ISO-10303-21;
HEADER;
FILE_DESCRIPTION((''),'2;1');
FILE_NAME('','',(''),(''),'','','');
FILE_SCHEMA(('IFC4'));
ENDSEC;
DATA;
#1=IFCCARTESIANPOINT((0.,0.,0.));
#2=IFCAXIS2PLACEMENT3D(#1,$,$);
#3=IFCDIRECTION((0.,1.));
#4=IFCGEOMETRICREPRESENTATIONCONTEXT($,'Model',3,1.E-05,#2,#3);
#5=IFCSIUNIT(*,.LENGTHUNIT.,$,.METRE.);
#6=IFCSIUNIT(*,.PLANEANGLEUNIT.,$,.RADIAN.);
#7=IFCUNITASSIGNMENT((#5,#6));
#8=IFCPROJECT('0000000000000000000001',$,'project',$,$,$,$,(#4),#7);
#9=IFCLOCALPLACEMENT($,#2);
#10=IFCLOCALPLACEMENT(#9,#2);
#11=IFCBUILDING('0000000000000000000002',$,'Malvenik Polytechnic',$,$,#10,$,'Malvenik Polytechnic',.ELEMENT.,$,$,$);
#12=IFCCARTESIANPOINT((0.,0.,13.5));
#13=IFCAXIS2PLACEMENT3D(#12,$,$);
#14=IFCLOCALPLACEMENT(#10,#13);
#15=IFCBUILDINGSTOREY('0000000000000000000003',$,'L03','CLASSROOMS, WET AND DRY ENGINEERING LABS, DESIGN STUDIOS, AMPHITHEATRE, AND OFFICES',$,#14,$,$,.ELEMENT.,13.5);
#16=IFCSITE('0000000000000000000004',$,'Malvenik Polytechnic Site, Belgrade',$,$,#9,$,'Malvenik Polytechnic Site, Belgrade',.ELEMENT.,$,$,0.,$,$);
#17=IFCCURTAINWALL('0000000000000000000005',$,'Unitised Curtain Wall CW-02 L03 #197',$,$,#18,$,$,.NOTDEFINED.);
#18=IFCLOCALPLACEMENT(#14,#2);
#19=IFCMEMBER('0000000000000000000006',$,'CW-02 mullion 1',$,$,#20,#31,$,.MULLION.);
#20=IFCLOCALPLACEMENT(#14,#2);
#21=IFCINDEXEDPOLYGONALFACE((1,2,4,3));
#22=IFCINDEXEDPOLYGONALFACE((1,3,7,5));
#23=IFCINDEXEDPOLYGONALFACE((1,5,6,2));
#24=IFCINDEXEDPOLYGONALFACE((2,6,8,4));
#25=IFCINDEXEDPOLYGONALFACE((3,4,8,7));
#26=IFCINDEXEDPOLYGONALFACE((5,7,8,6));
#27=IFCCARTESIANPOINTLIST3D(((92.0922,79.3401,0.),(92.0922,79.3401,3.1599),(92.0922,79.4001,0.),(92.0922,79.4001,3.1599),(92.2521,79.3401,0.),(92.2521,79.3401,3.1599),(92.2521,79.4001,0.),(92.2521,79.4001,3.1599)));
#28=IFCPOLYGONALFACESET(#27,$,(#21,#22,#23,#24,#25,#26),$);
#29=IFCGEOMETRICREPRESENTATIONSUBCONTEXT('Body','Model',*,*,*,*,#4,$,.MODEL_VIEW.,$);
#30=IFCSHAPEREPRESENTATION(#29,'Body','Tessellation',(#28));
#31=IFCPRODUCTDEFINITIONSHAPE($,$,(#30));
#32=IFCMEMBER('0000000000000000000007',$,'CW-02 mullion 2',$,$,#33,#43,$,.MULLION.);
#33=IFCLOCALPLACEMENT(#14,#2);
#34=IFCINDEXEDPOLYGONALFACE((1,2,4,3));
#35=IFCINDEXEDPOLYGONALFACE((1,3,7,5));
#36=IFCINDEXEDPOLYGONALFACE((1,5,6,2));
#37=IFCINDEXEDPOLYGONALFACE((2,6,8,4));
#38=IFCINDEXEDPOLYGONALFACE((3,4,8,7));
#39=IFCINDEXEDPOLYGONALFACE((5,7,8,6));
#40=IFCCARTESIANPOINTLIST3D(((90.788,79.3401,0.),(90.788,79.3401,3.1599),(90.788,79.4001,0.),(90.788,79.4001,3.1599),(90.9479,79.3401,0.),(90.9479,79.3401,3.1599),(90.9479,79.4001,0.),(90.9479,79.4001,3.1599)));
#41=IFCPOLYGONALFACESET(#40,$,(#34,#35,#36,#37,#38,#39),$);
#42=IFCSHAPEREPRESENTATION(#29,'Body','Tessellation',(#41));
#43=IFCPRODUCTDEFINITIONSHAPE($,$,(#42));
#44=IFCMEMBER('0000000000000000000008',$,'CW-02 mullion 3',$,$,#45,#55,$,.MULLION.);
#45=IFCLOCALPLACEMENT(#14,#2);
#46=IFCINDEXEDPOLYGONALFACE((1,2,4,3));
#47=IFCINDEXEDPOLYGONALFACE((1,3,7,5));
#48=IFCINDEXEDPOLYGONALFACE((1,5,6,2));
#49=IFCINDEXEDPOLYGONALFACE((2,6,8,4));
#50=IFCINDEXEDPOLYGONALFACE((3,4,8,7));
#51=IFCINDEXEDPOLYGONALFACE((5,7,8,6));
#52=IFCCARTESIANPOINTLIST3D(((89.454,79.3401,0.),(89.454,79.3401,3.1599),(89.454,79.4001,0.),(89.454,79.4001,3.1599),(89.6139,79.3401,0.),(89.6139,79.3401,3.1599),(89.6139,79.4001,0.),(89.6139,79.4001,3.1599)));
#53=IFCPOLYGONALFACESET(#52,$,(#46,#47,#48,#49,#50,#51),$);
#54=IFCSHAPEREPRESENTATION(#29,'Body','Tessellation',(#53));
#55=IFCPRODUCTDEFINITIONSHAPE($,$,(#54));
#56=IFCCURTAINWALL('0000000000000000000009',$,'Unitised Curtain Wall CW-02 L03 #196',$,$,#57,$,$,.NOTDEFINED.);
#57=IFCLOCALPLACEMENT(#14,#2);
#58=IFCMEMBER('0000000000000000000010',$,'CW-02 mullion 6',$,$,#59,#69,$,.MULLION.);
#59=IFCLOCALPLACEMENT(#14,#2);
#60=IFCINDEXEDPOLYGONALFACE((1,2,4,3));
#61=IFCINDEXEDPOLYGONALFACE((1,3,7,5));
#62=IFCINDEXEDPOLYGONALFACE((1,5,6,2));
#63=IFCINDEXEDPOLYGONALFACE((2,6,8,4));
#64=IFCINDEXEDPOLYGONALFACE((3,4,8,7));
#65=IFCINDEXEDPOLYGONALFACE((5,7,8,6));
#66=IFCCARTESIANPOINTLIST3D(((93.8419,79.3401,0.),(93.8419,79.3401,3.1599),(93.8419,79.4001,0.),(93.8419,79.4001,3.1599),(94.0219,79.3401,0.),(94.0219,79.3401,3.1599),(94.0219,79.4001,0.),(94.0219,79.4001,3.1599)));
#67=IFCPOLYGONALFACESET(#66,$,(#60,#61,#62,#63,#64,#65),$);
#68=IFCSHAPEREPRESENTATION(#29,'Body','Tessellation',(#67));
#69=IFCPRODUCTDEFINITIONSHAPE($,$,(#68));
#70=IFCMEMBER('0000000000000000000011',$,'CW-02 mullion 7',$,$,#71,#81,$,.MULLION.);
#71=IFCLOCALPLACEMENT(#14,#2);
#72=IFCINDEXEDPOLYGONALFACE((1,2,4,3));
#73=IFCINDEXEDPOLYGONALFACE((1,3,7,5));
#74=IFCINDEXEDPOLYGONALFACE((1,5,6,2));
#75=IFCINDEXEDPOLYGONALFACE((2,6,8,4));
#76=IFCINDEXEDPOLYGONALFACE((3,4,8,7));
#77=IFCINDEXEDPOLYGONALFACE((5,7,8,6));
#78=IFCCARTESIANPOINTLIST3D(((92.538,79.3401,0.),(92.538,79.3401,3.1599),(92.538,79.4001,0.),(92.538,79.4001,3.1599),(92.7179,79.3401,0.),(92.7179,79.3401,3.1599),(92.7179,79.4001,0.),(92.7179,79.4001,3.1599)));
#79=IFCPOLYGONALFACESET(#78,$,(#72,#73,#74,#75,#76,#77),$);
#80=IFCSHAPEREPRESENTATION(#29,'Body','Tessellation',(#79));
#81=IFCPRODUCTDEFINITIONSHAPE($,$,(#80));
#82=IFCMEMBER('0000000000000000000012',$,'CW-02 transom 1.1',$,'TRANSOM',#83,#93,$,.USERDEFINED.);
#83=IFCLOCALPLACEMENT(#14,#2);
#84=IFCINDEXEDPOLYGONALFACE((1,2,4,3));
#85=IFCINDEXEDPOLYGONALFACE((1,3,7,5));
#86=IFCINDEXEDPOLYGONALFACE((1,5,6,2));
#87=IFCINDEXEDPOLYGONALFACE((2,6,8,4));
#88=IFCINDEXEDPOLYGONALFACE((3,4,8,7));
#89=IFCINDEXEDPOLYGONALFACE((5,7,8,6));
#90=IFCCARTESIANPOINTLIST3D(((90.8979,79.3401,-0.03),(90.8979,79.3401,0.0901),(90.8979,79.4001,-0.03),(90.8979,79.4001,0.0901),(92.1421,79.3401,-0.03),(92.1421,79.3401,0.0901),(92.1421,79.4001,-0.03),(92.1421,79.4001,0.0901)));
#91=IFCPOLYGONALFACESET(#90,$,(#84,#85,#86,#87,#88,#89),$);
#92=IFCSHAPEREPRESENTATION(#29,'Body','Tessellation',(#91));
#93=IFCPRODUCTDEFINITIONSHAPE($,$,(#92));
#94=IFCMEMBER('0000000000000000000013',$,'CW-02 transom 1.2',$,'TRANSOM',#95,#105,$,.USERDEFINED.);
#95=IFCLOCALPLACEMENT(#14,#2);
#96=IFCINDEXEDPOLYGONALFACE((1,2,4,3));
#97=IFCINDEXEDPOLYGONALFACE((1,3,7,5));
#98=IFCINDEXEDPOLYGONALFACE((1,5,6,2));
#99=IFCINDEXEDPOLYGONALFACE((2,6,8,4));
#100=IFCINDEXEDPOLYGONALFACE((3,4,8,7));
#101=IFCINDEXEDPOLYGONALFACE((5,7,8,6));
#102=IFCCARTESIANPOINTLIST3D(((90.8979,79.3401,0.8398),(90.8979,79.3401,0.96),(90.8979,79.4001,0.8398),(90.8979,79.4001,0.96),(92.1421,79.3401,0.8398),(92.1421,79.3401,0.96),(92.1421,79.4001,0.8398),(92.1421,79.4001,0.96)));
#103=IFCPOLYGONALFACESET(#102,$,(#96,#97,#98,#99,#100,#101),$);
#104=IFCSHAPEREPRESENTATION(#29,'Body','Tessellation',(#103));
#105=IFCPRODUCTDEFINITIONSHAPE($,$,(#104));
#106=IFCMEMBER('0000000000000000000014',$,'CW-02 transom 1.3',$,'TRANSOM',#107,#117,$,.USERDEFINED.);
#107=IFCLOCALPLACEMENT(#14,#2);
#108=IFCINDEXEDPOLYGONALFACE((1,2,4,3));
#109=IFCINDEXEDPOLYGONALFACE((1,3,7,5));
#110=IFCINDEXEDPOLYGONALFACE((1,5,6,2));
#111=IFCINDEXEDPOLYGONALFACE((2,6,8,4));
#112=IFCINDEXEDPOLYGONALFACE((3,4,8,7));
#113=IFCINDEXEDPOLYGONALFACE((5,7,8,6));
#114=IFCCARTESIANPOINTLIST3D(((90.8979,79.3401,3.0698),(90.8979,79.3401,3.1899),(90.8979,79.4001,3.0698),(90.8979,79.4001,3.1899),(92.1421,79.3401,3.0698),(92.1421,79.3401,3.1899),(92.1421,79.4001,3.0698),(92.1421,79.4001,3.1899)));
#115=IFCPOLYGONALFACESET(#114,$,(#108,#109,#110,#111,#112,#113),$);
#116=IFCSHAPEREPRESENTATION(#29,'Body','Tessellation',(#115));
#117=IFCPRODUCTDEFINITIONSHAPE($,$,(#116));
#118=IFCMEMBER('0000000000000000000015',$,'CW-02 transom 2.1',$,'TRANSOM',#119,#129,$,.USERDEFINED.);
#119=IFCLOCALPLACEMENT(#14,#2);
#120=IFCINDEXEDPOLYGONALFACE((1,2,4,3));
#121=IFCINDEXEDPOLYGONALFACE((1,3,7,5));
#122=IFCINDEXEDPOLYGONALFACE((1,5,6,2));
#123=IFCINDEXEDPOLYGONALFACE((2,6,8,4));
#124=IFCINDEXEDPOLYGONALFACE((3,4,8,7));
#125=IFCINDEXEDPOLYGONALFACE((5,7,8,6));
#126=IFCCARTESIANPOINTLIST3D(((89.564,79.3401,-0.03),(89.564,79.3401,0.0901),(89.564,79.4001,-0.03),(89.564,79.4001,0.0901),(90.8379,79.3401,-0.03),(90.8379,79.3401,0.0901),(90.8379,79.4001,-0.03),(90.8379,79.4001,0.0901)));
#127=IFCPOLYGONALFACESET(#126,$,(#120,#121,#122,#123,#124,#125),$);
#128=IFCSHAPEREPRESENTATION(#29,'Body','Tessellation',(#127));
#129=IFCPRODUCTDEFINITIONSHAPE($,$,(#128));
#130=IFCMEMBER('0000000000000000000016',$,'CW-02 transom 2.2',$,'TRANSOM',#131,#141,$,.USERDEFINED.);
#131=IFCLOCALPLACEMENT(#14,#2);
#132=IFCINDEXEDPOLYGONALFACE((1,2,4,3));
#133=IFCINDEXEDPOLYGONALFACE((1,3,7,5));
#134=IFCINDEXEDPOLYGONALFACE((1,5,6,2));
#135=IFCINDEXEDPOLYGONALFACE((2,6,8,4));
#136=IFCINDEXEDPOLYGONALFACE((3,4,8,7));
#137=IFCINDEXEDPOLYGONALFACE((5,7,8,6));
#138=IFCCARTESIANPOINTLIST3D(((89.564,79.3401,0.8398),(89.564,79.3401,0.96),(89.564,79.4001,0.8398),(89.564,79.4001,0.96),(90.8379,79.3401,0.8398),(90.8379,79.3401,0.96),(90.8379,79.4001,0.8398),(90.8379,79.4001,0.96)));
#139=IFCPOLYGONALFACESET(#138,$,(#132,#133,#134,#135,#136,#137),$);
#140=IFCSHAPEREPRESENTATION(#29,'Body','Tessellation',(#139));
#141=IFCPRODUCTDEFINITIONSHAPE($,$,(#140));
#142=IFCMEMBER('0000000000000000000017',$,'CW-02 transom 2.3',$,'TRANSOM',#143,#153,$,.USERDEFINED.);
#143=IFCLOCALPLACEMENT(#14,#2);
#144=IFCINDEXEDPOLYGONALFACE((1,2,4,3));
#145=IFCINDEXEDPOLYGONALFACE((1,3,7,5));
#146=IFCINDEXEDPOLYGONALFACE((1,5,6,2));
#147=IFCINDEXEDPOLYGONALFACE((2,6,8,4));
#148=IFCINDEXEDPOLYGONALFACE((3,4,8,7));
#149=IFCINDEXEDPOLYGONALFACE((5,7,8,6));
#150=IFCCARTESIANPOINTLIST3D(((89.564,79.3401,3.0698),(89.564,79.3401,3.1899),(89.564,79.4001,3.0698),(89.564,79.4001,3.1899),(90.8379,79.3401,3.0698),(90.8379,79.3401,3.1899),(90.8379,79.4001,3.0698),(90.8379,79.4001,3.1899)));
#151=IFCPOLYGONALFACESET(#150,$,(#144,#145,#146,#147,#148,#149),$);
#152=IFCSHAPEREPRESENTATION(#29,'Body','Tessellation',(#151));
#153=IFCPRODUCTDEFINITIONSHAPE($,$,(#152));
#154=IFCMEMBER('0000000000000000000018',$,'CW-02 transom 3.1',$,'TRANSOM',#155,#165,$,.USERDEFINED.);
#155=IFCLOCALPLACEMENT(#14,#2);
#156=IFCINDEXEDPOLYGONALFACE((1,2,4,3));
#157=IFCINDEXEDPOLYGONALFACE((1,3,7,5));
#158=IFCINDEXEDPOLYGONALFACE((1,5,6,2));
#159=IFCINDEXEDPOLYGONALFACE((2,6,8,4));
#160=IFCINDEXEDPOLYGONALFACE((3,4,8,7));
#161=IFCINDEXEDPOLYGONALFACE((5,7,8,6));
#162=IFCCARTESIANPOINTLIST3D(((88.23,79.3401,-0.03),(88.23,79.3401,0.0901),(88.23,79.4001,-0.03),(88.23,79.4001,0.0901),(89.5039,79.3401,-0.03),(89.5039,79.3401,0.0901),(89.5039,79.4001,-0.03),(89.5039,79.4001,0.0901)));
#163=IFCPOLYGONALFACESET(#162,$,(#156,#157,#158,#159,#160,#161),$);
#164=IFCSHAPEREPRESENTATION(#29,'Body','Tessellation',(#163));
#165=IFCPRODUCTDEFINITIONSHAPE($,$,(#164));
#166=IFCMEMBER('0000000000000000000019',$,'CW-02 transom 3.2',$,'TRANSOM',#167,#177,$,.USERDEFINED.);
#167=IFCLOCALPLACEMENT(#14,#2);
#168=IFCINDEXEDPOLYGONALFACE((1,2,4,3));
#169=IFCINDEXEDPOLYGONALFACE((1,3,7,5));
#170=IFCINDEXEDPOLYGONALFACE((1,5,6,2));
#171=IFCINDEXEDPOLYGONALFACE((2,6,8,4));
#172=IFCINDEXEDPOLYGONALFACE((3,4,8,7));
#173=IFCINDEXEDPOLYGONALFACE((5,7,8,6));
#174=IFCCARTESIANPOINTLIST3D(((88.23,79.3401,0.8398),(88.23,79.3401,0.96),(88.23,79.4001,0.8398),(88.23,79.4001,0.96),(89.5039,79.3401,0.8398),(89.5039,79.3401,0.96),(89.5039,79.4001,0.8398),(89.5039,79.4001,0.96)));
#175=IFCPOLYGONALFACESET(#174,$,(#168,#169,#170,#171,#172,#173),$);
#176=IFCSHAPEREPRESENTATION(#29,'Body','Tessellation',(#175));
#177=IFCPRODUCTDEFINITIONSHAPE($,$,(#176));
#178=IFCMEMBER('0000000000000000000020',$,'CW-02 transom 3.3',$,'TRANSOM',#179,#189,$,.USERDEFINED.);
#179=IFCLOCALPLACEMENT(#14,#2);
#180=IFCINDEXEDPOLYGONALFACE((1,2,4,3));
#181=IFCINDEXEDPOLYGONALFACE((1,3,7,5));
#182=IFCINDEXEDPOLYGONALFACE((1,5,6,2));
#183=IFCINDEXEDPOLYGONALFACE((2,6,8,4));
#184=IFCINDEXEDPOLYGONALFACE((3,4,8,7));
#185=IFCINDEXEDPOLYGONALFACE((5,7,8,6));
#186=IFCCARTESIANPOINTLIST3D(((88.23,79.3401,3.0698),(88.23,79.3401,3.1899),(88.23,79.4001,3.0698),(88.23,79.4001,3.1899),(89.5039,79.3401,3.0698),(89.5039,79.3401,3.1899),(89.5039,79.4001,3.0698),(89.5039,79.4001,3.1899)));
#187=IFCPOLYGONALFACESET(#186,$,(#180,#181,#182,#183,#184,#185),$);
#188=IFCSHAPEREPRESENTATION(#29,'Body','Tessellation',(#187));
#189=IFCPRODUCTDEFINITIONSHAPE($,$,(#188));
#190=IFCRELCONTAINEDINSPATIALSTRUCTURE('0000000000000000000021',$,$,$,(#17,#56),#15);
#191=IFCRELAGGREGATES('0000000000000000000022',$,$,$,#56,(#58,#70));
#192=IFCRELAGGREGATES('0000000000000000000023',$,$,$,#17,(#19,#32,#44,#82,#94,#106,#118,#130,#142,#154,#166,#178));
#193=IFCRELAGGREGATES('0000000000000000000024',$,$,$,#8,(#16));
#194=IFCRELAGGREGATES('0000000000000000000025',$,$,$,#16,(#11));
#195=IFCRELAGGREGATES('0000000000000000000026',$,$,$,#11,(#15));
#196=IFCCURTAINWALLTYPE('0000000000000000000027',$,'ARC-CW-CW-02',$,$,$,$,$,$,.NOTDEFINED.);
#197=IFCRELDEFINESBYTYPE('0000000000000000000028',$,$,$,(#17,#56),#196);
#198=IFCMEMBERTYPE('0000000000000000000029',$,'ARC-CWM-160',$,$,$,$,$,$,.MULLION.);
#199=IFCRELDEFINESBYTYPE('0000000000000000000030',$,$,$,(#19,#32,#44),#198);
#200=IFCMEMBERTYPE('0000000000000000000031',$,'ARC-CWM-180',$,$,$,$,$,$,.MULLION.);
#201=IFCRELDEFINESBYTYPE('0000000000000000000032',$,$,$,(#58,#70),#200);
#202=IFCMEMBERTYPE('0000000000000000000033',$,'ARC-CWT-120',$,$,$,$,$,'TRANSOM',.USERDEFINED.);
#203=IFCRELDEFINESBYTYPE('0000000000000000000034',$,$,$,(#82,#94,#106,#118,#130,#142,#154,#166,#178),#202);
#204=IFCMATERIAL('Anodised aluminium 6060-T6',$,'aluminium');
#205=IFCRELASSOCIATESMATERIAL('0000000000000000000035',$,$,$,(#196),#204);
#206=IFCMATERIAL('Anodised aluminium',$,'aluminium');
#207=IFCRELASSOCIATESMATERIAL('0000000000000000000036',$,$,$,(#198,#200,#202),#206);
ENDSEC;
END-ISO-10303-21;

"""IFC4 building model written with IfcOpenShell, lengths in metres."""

from ifc_helpers import new_model, si_unit, direction, frame, origin, origin_2d, place, context, subcontext, project, spatial, rectangle, extrude, material, material_profile, profile_set, type_object, element, aggregate, save


model = new_model("IFC4")

# Units and contexts
model_context = context("Model", 3, precision=1e-05, world=origin(), true_north=direction((0.0, 1.0)))
body_context = subcontext(model_context, "Body", "Model", "MODEL_VIEW")
ifc_project = project(units=[si_unit("LENGTHUNIT", "METRE"), si_unit("PLANEANGLEUNIT", "RADIAN")], contexts=[model_context])

# Site, building, storey
site_placement = place(None, origin())
site = spatial("IfcSite", under=ifc_project, at=site_placement, Name="Malvenik Polytechnic Site, Belgrade", LongName="Malvenik Polytechnic Site, Belgrade", CompositionType="ELEMENT", RefElevation=0.0)
building_placement = place(site_placement, origin())
building = spatial("IfcBuilding", under=site, at=building_placement, Name="Malvenik Polytechnic", LongName="Malvenik Polytechnic", CompositionType="ELEMENT")
storey_placement = place(building_placement, frame((0.0, 0.0, 13.5)))
storey = spatial("IfcBuildingStorey", under=building, at=storey_placement, Name="L03", Description="CLASSROOMS, WET AND DRY ENGINEERING LABS, DESIGN STUDIOS, AMPHITHEATRE, AND OFFICES", CompositionType="ELEMENT", Elevation=13.5)

# Curtain walls, members
ifc_material_1 = material(Name="Anodised aluminium 6060-T6", Category="aluminium")
curtain_wall_type = type_object("IfcCurtainWallType", Name="ARC-CW-CW-02", PredefinedType="NOTDEFINED", material=ifc_material_1)
curtain_wall_1_placement = place(storey_placement, origin())
curtain_wall_1 = element("IfcCurtainWall", 1, at=curtain_wall_1_placement, inside=storey, type_object=curtain_wall_type, Name="Unitised Curtain Wall CW-02 L03 #197", PredefinedType="NOTDEFINED")
ifc_material_2 = material(Name="Anodised aluminium", Category="aluminium")
ifc_material_profile_1 = material_profile(ifc_material_2, rectangle(XDim=0.0601, YDim=0.1599, at=origin_2d()), Name="ALU MULLION 60x160")
ifc_profile_set_1 = profile_set([ifc_material_profile_1], Name="Anodised aluminium")
member_type_1 = type_object("IfcMemberType", Name="ARC-CWM-160", PredefinedType="MULLION", material=ifc_profile_set_1)
member_1_placement = place(storey_placement, frame((92.1721, 79.3701, 0.0), z_axis=(0.0, 0.0, 1.0), x_axis=(0.0, -1.0, 0.0)))
member_1 = element("IfcMember", 2, at=member_1_placement, type_object=member_type_1, Name="CW-02 mullion 1", PredefinedType="MULLION", context=body_context, shape_type="SweptSolid", body=[
    extrude(rectangle(XDim=0.0601, YDim=0.1599, at=origin_2d()), origin(), (0.0, 0.0, 1.0), 3.1599),
])
member_2_placement = place(storey_placement, frame((90.8679, 79.3701, 0.0), z_axis=(0.0, 0.0, 1.0), x_axis=(0.0, -1.0, 0.0)))
member_2 = element("IfcMember", 3, at=member_2_placement, type_object=member_type_1, Name="CW-02 mullion 2", PredefinedType="MULLION", context=body_context, shape_type="SweptSolid", body=[
    extrude(rectangle(XDim=0.0601, YDim=0.1599, at=origin_2d()), origin(), (0.0, 0.0, 1.0), 3.1599),
])
member_3_placement = place(storey_placement, frame((89.5339, 79.3701, 0.0), z_axis=(0.0, 0.0, 1.0), x_axis=(0.0, -1.0, 0.0)))
member_3 = element("IfcMember", 4, at=member_3_placement, type_object=member_type_1, Name="CW-02 mullion 3", PredefinedType="MULLION", context=body_context, shape_type="SweptSolid", body=[
    extrude(rectangle(XDim=0.0601, YDim=0.1599, at=origin_2d()), origin(), (0.0, 0.0, 1.0), 3.1599),
])
curtain_wall_2_placement = place(storey_placement, origin())
curtain_wall_2 = element("IfcCurtainWall", 5, at=curtain_wall_2_placement, inside=storey, type_object=curtain_wall_type, Name="Unitised Curtain Wall CW-02 L03 #196", PredefinedType="NOTDEFINED")
ifc_material_profile_2 = material_profile(ifc_material_2, rectangle(XDim=0.0601, YDim=0.1799, at=origin_2d()), Name="ALU MULLION 60x180")
ifc_profile_set_2 = profile_set([ifc_material_profile_2], Name="Anodised aluminium")
member_type_2 = type_object("IfcMemberType", Name="ARC-CWM-180", PredefinedType="MULLION", material=ifc_profile_set_2)
member_4_placement = place(storey_placement, frame((93.9319, 79.3701, 0.0), z_axis=(0.0, 0.0, 1.0), x_axis=(0.0, -1.0, 0.0)))
member_4 = element("IfcMember", 6, at=member_4_placement, type_object=member_type_2, Name="CW-02 mullion 6", PredefinedType="MULLION", context=body_context, shape_type="SweptSolid", body=[
    extrude(rectangle(XDim=0.0601, YDim=0.1799, at=origin_2d()), origin(), (0.0, 0.0, 1.0), 3.1599),
])
member_5_placement = place(storey_placement, frame((92.6279, 79.3701, 0.0), z_axis=(0.0, 0.0, 1.0), x_axis=(0.0, -1.0, 0.0)))
member_5 = element("IfcMember", 7, at=member_5_placement, type_object=member_type_2, Name="CW-02 mullion 7", PredefinedType="MULLION", context=body_context, shape_type="SweptSolid", body=[
    extrude(rectangle(XDim=0.0601, YDim=0.1799, at=origin_2d()), origin(), (0.0, 0.0, 1.0), 3.1599),
])

# Members
ifc_material_profile_3 = material_profile(ifc_material_2, rectangle(XDim=0.0601, YDim=0.1201, at=origin_2d()), Name="ALU TRANSOM 60x120")
ifc_profile_set_3 = profile_set([ifc_material_profile_3], Name="Anodised aluminium")
member_type_3 = type_object("IfcMemberType", Name="ARC-CWT-120", ElementType="TRANSOM", PredefinedType="USERDEFINED", material=ifc_profile_set_3)
member_6_placement = place(storey_placement, frame((92.1421, 79.3701, 0.03), z_axis=(-1.0, 0.0, 0.0), x_axis=(0.0, -1.0, 0.0)))
member_6 = element("IfcMember", 8, at=member_6_placement, type_object=member_type_3, Name="CW-02 transom 1.1", ObjectType="TRANSOM", PredefinedType="USERDEFINED", context=body_context, shape_type="SweptSolid", body=[
    extrude(rectangle(XDim=0.0601, YDim=0.1201, at=origin_2d()), origin(), (0.0, 0.0, 1.0), 1.2441),
])
member_7_placement = place(storey_placement, frame((92.1421, 79.3701, 0.8999), z_axis=(-1.0, 0.0, 0.0), x_axis=(0.0, -1.0, 0.0)))
member_7 = element("IfcMember", 9, at=member_7_placement, type_object=member_type_3, Name="CW-02 transom 1.2", ObjectType="TRANSOM", PredefinedType="USERDEFINED", context=body_context, shape_type="SweptSolid", body=[
    extrude(rectangle(XDim=0.0601, YDim=0.1201, at=origin_2d()), origin(), (0.0, 0.0, 1.0), 1.2441),
])
member_8_placement = place(storey_placement, frame((92.1421, 79.3701, 3.1299), z_axis=(-1.0, 0.0, 0.0), x_axis=(0.0, -1.0, 0.0)))
member_8 = element("IfcMember", 10, at=member_8_placement, type_object=member_type_3, Name="CW-02 transom 1.3", ObjectType="TRANSOM", PredefinedType="USERDEFINED", context=body_context, shape_type="SweptSolid", body=[
    extrude(rectangle(XDim=0.0601, YDim=0.1201, at=origin_2d()), origin(), (0.0, 0.0, 1.0), 1.2441),
])
member_9_placement = place(storey_placement, frame((90.8379, 79.3701, 0.03), z_axis=(-1.0, 0.0, 0.0), x_axis=(0.0, -1.0, 0.0)))
member_9 = element("IfcMember", 11, at=member_9_placement, type_object=member_type_3, Name="CW-02 transom 2.1", ObjectType="TRANSOM", PredefinedType="USERDEFINED", context=body_context, shape_type="SweptSolid", body=[
    extrude(rectangle(XDim=0.0601, YDim=0.1201, at=origin_2d()), origin(), (0.0, 0.0, 1.0), 1.2739),
])
member_10_placement = place(storey_placement, frame((90.8379, 79.3701, 0.8999), z_axis=(-1.0, 0.0, 0.0), x_axis=(0.0, -1.0, 0.0)))
member_10 = element("IfcMember", 12, at=member_10_placement, type_object=member_type_3, Name="CW-02 transom 2.2", ObjectType="TRANSOM", PredefinedType="USERDEFINED", context=body_context, shape_type="SweptSolid", body=[
    extrude(rectangle(XDim=0.0601, YDim=0.1201, at=origin_2d()), origin(), (0.0, 0.0, 1.0), 1.2739),
])
member_11_placement = place(storey_placement, frame((90.8379, 79.3701, 3.1299), z_axis=(-1.0, 0.0, 0.0), x_axis=(0.0, -1.0, 0.0)))
member_11 = element("IfcMember", 13, at=member_11_placement, type_object=member_type_3, Name="CW-02 transom 2.3", ObjectType="TRANSOM", PredefinedType="USERDEFINED", context=body_context, shape_type="SweptSolid", body=[
    extrude(rectangle(XDim=0.0601, YDim=0.1201, at=origin_2d()), origin(), (0.0, 0.0, 1.0), 1.2739),
])
member_12_placement = place(storey_placement, frame((89.5039, 79.3701, 0.03), z_axis=(-1.0, 0.0, 0.0), x_axis=(0.0, -1.0, 0.0)))
member_12 = element("IfcMember", 14, at=member_12_placement, type_object=member_type_3, Name="CW-02 transom 3.1", ObjectType="TRANSOM", PredefinedType="USERDEFINED", context=body_context, shape_type="SweptSolid", body=[
    extrude(rectangle(XDim=0.0601, YDim=0.1201, at=origin_2d()), origin(), (0.0, 0.0, 1.0), 1.2739),
])
member_13_placement = place(storey_placement, frame((89.5039, 79.3701, 0.8999), z_axis=(-1.0, 0.0, 0.0), x_axis=(0.0, -1.0, 0.0)))
member_13 = element("IfcMember", 15, at=member_13_placement, type_object=member_type_3, Name="CW-02 transom 3.2", ObjectType="TRANSOM", PredefinedType="USERDEFINED", context=body_context, shape_type="SweptSolid", body=[
    extrude(rectangle(XDim=0.0601, YDim=0.1201, at=origin_2d()), origin(), (0.0, 0.0, 1.0), 1.2739),
])
member_14_placement = place(storey_placement, frame((89.5039, 79.3701, 3.1299), z_axis=(-1.0, 0.0, 0.0), x_axis=(0.0, -1.0, 0.0)))
member_14 = element("IfcMember", 16, at=member_14_placement, type_object=member_type_3, Name="CW-02 transom 3.3", ObjectType="TRANSOM", PredefinedType="USERDEFINED", context=body_context, shape_type="SweptSolid", body=[
    extrude(rectangle(XDim=0.0601, YDim=0.1201, at=origin_2d()), origin(), (0.0, 0.0, 1.0), 1.2739),
])

aggregate(curtain_wall_2, [member_4, member_5])
aggregate(curtain_wall_1, [member_1, member_2, member_3, member_6, member_7, member_8, member_9, member_10, member_11, member_12, member_13, member_14])

save(model, "model.ifc")
